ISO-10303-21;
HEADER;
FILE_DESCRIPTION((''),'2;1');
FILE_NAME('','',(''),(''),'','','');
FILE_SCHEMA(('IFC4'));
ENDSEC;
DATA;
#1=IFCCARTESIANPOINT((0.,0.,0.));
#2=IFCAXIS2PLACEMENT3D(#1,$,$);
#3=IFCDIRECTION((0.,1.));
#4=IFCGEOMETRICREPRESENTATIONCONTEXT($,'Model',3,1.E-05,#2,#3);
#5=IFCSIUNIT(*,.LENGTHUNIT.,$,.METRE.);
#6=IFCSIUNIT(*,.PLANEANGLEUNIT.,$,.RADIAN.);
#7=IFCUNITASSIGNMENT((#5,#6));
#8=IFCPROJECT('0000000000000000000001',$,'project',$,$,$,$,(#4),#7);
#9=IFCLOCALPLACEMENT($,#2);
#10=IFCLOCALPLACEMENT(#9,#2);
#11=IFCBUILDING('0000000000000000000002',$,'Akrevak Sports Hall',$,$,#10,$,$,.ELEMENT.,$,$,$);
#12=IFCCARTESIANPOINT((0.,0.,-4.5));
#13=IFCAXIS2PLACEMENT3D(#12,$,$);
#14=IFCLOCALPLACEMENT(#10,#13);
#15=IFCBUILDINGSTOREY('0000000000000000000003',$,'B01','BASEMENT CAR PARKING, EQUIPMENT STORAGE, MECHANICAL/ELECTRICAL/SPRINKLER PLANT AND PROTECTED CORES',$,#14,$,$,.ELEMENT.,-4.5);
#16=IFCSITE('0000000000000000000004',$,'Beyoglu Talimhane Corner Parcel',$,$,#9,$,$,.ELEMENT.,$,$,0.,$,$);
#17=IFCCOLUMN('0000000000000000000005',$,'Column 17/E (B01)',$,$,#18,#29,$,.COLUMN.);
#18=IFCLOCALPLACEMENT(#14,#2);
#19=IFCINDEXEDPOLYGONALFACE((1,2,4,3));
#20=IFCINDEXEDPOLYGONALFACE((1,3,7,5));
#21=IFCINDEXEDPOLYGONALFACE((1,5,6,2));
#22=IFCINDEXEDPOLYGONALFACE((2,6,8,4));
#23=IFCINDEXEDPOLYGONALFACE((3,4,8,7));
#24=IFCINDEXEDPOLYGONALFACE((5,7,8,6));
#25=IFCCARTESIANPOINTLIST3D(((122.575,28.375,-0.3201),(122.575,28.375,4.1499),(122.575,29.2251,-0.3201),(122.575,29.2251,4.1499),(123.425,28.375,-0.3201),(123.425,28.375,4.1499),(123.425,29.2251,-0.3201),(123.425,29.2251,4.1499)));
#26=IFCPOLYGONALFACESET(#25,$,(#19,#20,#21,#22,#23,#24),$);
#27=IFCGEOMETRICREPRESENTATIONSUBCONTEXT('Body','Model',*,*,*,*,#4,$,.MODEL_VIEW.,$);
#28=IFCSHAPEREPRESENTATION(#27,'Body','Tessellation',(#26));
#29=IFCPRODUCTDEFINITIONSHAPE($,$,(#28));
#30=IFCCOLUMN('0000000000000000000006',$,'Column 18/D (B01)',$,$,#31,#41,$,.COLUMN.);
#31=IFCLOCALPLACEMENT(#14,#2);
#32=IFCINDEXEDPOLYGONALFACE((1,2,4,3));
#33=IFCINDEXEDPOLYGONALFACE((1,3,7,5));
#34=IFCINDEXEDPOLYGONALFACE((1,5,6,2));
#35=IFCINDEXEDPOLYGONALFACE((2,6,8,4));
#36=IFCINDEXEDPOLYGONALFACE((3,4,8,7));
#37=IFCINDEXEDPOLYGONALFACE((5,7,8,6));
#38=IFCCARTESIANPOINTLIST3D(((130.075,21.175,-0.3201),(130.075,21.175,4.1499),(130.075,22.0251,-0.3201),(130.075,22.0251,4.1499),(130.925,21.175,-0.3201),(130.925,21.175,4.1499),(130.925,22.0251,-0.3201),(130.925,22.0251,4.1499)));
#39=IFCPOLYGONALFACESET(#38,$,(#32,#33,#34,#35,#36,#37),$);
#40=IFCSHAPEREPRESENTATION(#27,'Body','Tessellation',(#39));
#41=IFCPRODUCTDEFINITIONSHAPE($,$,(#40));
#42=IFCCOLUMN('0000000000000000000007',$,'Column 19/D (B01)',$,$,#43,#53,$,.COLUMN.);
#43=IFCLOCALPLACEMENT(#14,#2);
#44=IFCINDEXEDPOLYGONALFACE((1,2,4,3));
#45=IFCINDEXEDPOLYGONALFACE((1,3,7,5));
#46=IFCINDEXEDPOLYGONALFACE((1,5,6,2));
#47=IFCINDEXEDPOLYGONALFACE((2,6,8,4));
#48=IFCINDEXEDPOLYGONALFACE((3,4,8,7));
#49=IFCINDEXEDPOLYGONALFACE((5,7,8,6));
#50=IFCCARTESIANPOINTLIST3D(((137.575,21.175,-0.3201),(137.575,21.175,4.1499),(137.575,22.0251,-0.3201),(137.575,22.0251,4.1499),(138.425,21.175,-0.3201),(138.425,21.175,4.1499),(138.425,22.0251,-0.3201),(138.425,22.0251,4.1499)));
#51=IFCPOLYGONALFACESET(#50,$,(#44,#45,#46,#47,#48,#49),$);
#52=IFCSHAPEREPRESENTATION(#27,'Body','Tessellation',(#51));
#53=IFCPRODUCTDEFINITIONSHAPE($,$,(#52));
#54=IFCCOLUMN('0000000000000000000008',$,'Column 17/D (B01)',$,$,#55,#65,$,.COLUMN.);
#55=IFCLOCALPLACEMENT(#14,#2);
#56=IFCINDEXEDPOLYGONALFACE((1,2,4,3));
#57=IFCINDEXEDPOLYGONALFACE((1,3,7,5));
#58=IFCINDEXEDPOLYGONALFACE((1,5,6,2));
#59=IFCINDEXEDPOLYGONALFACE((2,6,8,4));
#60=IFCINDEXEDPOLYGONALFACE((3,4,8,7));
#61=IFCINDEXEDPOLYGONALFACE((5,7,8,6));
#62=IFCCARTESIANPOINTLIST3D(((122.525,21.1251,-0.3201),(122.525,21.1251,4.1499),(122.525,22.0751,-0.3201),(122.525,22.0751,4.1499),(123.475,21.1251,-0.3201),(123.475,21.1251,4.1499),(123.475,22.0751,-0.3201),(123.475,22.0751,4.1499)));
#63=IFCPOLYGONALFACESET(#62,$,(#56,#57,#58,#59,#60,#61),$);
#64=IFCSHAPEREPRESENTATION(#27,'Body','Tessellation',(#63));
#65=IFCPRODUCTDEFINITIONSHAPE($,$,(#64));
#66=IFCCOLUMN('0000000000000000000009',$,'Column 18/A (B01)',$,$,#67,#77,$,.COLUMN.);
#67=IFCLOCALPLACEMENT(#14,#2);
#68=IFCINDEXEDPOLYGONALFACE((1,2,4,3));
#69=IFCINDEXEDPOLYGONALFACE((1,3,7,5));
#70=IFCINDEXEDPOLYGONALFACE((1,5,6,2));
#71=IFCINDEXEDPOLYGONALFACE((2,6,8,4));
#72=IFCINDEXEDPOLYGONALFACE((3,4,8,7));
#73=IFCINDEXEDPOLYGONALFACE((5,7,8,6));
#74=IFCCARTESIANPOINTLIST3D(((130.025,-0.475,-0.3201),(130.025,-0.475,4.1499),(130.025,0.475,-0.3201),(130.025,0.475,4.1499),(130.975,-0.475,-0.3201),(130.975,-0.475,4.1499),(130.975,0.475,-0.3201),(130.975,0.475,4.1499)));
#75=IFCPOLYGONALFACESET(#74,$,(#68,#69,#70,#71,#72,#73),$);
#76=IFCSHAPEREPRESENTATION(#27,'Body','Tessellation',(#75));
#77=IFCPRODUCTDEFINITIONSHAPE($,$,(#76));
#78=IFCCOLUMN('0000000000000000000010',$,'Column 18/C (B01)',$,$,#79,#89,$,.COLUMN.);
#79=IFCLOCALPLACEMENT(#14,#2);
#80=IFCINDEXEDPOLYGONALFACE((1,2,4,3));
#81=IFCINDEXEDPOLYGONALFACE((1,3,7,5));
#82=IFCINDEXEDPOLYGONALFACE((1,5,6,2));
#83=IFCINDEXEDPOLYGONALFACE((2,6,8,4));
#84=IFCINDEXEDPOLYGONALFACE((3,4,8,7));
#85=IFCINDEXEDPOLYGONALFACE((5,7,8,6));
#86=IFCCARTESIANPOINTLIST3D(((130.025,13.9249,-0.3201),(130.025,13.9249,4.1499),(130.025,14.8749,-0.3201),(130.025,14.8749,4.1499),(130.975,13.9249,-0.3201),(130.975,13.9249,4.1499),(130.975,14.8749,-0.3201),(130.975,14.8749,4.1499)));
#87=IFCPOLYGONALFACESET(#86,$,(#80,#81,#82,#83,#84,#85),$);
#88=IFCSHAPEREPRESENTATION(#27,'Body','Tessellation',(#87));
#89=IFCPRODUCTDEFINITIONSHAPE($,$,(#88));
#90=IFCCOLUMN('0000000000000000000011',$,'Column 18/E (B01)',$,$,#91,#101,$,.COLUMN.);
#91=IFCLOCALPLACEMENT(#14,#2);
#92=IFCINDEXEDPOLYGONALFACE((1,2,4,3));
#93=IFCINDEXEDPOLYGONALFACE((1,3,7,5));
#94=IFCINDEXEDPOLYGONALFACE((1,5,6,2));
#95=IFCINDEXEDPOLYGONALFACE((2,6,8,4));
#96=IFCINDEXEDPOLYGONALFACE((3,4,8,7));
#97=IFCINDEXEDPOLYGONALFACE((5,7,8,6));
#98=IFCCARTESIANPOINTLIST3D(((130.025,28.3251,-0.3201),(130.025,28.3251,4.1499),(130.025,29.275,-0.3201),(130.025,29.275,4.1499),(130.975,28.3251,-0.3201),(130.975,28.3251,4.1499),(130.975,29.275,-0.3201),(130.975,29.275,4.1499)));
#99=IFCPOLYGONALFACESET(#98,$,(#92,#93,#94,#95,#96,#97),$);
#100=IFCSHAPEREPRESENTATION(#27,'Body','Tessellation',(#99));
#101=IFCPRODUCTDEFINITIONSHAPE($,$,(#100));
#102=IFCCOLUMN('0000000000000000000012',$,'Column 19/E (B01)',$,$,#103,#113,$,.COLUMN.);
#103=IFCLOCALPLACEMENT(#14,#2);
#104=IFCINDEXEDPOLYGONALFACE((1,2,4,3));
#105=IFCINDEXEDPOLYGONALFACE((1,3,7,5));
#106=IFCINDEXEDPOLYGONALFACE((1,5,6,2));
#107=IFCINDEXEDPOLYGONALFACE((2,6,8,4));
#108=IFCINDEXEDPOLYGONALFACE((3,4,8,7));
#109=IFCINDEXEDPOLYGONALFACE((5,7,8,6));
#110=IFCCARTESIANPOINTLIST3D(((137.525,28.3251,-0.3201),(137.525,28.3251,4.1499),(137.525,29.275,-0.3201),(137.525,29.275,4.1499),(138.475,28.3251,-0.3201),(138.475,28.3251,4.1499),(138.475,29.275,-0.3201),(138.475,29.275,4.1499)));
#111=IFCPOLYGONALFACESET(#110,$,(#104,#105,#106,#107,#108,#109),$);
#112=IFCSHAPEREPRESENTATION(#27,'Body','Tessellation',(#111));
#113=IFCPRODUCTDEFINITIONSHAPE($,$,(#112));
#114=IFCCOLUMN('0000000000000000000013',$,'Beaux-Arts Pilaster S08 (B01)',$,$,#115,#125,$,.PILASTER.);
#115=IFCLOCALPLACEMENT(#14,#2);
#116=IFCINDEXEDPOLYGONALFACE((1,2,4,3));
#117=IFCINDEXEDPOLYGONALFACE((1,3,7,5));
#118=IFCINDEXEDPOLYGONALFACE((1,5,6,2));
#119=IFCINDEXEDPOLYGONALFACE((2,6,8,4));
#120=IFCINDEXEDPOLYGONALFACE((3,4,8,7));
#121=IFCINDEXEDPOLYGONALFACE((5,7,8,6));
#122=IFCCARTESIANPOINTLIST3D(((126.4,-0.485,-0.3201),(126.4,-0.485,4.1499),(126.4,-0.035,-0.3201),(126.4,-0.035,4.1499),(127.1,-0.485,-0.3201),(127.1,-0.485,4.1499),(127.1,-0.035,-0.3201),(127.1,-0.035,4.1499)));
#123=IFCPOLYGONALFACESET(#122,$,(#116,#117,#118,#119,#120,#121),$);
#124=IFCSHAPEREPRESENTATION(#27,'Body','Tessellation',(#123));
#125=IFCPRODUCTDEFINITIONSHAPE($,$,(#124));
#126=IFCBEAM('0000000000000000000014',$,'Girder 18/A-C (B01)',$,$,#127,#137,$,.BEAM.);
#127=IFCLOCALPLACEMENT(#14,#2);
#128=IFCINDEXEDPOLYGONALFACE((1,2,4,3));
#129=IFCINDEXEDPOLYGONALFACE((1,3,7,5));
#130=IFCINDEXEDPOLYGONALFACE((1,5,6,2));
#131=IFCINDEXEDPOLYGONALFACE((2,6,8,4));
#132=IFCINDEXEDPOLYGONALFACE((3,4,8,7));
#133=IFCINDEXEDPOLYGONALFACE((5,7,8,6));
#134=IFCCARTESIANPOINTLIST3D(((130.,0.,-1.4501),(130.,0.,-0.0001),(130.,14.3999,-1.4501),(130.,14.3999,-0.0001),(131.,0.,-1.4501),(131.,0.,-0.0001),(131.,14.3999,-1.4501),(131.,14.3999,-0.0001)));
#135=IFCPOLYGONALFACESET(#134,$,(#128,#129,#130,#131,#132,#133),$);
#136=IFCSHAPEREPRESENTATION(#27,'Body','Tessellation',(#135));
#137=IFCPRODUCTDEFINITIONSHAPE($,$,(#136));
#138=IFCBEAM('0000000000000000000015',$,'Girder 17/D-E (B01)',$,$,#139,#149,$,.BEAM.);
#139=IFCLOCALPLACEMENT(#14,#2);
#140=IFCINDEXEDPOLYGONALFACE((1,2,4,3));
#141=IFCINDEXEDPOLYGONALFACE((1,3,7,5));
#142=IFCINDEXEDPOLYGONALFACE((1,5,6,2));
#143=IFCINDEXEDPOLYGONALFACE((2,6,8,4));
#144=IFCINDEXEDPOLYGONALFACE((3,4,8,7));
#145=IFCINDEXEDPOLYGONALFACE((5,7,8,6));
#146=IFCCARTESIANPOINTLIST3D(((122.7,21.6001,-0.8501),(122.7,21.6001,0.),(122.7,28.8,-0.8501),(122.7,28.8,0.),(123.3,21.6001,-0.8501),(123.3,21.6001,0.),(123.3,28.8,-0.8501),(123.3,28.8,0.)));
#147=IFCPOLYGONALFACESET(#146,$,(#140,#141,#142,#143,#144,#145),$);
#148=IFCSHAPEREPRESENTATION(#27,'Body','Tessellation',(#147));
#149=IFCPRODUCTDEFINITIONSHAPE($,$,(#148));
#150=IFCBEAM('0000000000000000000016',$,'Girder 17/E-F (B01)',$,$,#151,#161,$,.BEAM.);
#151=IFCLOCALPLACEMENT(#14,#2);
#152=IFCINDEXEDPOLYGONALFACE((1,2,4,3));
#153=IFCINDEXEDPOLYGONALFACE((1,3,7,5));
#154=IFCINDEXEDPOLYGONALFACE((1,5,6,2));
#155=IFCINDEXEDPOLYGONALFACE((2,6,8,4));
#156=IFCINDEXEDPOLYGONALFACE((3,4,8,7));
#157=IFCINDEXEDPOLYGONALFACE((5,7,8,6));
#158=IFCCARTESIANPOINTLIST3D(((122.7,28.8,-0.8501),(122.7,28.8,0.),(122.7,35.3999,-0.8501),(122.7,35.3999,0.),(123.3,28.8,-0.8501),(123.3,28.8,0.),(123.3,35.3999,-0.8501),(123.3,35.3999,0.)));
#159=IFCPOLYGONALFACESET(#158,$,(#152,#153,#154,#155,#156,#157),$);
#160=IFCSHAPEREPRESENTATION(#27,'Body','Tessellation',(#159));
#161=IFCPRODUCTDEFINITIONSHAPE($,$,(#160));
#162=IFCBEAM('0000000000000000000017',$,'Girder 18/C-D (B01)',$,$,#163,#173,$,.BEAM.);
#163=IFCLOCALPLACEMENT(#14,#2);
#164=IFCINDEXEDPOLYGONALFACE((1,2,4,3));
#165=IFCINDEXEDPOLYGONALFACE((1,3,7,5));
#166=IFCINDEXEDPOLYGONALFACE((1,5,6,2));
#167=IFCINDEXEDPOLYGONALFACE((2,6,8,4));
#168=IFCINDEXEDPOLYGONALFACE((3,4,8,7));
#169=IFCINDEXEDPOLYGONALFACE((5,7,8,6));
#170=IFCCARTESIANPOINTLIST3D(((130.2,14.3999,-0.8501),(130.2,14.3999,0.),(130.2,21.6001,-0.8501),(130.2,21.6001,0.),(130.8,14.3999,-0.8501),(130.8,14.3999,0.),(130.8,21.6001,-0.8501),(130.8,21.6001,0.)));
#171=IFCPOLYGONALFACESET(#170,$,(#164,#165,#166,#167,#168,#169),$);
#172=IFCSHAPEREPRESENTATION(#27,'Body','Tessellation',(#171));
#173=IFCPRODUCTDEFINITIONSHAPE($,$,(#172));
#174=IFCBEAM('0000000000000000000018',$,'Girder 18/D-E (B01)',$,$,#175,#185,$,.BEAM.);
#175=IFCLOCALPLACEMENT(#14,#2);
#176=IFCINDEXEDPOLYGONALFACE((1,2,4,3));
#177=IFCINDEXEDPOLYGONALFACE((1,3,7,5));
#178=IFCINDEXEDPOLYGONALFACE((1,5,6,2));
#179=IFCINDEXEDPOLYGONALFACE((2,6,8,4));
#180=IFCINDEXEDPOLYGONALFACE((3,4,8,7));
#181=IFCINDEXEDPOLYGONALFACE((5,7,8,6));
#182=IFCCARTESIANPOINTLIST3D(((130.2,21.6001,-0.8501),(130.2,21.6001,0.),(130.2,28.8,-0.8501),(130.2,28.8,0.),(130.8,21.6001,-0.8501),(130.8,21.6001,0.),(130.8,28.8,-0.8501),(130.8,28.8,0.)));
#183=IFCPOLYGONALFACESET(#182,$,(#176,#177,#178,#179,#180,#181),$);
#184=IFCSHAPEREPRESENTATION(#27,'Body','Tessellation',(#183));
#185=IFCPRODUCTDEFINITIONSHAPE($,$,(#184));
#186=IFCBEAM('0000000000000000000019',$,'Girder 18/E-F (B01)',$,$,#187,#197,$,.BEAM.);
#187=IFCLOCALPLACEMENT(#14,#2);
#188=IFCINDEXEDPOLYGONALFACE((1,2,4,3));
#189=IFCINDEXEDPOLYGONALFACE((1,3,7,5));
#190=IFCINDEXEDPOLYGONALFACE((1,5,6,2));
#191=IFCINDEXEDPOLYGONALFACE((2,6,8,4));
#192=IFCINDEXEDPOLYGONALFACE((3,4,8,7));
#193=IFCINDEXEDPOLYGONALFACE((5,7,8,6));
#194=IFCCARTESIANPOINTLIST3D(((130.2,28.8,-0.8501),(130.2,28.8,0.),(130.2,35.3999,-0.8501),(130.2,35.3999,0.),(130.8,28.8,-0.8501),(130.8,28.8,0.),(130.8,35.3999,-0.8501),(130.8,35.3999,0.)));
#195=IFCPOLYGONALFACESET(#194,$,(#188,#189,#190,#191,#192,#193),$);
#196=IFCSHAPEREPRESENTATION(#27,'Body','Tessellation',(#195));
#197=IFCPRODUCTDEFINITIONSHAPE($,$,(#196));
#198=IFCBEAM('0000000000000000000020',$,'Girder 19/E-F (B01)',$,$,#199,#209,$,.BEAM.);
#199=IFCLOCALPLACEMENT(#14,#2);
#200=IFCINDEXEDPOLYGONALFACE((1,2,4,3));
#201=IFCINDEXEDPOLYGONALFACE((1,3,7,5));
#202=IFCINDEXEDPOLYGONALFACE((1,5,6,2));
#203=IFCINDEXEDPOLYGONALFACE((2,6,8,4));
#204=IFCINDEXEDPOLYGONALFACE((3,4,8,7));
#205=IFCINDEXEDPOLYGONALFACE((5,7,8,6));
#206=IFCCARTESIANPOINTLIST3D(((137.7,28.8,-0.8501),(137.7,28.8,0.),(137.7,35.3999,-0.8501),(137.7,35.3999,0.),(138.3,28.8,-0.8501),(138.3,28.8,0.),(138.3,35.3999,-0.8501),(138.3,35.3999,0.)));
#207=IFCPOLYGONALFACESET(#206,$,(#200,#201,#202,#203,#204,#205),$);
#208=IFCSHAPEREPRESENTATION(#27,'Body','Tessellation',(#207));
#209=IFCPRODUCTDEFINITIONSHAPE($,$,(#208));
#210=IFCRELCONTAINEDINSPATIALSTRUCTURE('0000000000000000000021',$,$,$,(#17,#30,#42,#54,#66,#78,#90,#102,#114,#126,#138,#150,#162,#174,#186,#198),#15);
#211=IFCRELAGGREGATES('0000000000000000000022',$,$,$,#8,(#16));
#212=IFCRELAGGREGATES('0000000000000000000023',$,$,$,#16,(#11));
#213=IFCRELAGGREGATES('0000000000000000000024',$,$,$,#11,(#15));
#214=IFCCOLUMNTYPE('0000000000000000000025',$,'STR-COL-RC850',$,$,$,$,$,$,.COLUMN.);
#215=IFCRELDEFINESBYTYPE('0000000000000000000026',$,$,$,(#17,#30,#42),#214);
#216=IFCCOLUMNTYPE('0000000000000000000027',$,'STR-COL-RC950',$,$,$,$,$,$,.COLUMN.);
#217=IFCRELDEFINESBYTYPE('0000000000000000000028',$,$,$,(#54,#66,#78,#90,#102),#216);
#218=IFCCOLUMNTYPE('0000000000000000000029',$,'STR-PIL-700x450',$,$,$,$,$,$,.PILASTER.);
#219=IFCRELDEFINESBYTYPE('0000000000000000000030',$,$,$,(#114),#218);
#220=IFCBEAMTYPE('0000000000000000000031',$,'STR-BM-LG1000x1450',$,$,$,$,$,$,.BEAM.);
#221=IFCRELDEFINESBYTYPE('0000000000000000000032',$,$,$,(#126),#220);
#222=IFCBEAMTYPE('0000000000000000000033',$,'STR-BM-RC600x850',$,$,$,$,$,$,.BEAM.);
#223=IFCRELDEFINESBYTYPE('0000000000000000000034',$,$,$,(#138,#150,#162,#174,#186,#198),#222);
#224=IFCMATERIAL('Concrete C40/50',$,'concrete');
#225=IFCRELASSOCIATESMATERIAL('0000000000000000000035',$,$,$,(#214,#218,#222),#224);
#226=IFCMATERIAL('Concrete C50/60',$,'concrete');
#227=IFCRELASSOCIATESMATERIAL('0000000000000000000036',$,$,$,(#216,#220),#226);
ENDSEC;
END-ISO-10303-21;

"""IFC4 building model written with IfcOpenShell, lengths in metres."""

from ifc_helpers import new_model, si_unit, direction, frame, origin, origin_2d, place, context, subcontext, project, spatial, rectangle, extrude, material, material_profile, profile_set, type_object, element, save


model = new_model("IFC4")

# Units and contexts
model_context = context("Model", 3, precision=1e-05, world=origin(), true_north=direction((0.0, 1.0)))
body_context = subcontext(model_context, "Body", "Model", "MODEL_VIEW")
ifc_project = project(units=[si_unit("LENGTHUNIT", "METRE"), si_unit("PLANEANGLEUNIT", "RADIAN")], contexts=[model_context])

# Site, building, storey
site_placement = place(None, origin())
site = spatial("IfcSite", under=ifc_project, at=site_placement, Name="Beyoglu Talimhane Corner Parcel", CompositionType="ELEMENT", RefElevation=0.0)
building_placement = place(site_placement, origin())
building = spatial("IfcBuilding", under=site, at=building_placement, Name="Akrevak Sports Hall", CompositionType="ELEMENT")
storey_placement = place(building_placement, frame((0.0, 0.0, -4.5)))
storey = spatial("IfcBuildingStorey", under=building, at=storey_placement, Name="B01", Description="BASEMENT CAR PARKING, EQUIPMENT STORAGE, MECHANICAL/ELECTRICAL/SPRINKLER PLANT AND PROTECTED CORES", CompositionType="ELEMENT", Elevation=-4.5)

# Columns
ifc_material_1 = material(Name="Concrete C40/50", Category="concrete")
ifc_material_profile_1 = material_profile(ifc_material_1, rectangle(XDim=0.8501, YDim=0.8501, at=origin_2d()), Name="RC 850x850", Category="concrete")
ifc_profile_set_1 = profile_set([ifc_material_profile_1], Name="Concrete C40/50")
column_type_1 = type_object("IfcColumnType", Name="STR-COL-RC850", PredefinedType="COLUMN", material=ifc_profile_set_1)
for number, where, z_axis, x_axis, name in (
    (1, (123.0, 28.8, -0.3201), (0.0, 0.0, 1.0), (1.0, 0.0, 0.0), "Column 17/E (B01)"),
    (2, (130.5, 21.6001, -0.3201), (0.0, 0.0, 1.0), (1.0, 0.0, 0.0), "Column 18/D (B01)"),
    (3, (138.0, 21.6001, -0.3201), (0.0, 0.0, 1.0), (1.0, 0.0, 0.0), "Column 19/D (B01)"),
):
    element("IfcColumn", number, at=place(storey_placement, frame(where, z_axis=z_axis, x_axis=x_axis)), inside=storey, type_object=column_type_1, Name=name, PredefinedType="COLUMN", context=body_context, shape_type="SweptSolid", body=[
        extrude(rectangle(XDim=0.8501, YDim=0.8501, at=origin_2d()), origin(), (0.0, 0.0, 1.0), 4.47),
    ])
ifc_material_2 = material(Name="Concrete C50/60", Category="concrete")
ifc_material_profile_2 = material_profile(ifc_material_2, rectangle(XDim=0.95, YDim=0.95, at=origin_2d()), Name="RC 950x950", Category="concrete")
ifc_profile_set_2 = profile_set([ifc_material_profile_2], Name="Concrete C50/60")
column_type_2 = type_object("IfcColumnType", Name="STR-COL-RC950", PredefinedType="COLUMN", material=ifc_profile_set_2)
for number, where, z_axis, x_axis, name in (
    (4, (123.0, 21.6001, -0.3201), (0.0, 0.0, 1.0), (1.0, 0.0, 0.0), "Column 17/D (B01)"),
    (5, (130.5, 0.0, -0.3201), (0.0, 0.0, 1.0), (1.0, 0.0, 0.0), "Column 18/A (B01)"),
    (6, (130.5, 14.3999, -0.3201), (0.0, 0.0, 1.0), (1.0, 0.0, 0.0), "Column 18/C (B01)"),
    (7, (130.5, 28.8, -0.3201), (0.0, 0.0, 1.0), (1.0, 0.0, 0.0), "Column 18/E (B01)"),
    (8, (138.0, 28.8, -0.3201), (0.0, 0.0, 1.0), (1.0, 0.0, 0.0), "Column 19/E (B01)"),
):
    element("IfcColumn", number, at=place(storey_placement, frame(where, z_axis=z_axis, x_axis=x_axis)), inside=storey, type_object=column_type_2, Name=name, PredefinedType="COLUMN", context=body_context, shape_type="SweptSolid", body=[
        extrude(rectangle(XDim=0.95, YDim=0.95, at=origin_2d()), origin(), (0.0, 0.0, 1.0), 4.47),
    ])
ifc_material_profile_3 = material_profile(ifc_material_1, rectangle(XDim=0.7, YDim=0.45, at=origin_2d()), Name="PIL 700x450", Category="concrete")
ifc_profile_set_3 = profile_set([ifc_material_profile_3], Name="Concrete C40/50")
column_type_3 = type_object("IfcColumnType", Name="STR-PIL-700x450", PredefinedType="PILASTER", material=ifc_profile_set_3)
column_placement = place(storey_placement, frame((126.75, -0.26, -0.3201), z_axis=(0.0, 0.0, 1.0), x_axis=(1.0, 0.0, 0.0)))
element("IfcColumn", 9, at=column_placement, inside=storey, type_object=column_type_3, Name="Beaux-Arts Pilaster S08 (B01)", PredefinedType="PILASTER", context=body_context, shape_type="SweptSolid", body=[
    extrude(rectangle(XDim=0.7, YDim=0.45, at=origin_2d()), origin(), (0.0, 0.0, 1.0), 4.47),
])

# Beams
ifc_material_profile_4 = material_profile(ifc_material_2, rectangle(XDim=1.0, YDim=1.45, at=origin_2d()), Name="BM 1000x1450", Category="concrete")
ifc_profile_set_4 = profile_set([ifc_material_profile_4], Name="Concrete C50/60")
beam_type_1 = type_object("IfcBeamType", Name="STR-BM-LG1000x1450", PredefinedType="BEAM", material=ifc_profile_set_4)
beam_1_placement = place(storey_placement, frame((130.5, 0.0, -0.7251), z_axis=(0.0, 1.0, 0.0), x_axis=(-1.0, 0.0, 0.0)))
element("IfcBeam", 10, at=beam_1_placement, inside=storey, type_object=beam_type_1, Name="Girder 18/A-C (B01)", PredefinedType="BEAM", context=body_context, shape_type="SweptSolid", body=[
    extrude(rectangle(XDim=1.0, YDim=1.45, at=origin_2d()), origin(), (0.0, 0.0, 1.0), 14.3999),
])
ifc_material_profile_5 = material_profile(ifc_material_1, rectangle(XDim=0.6001, YDim=0.8501, at=origin_2d()), Name="BM 600x850", Category="concrete")
ifc_profile_set_5 = profile_set([ifc_material_profile_5], Name="Concrete C40/50")
beam_type_2 = type_object("IfcBeamType", Name="STR-BM-RC600x850", PredefinedType="BEAM", material=ifc_profile_set_5)
beam_2_placement = place(storey_placement, frame((123.0, 21.6001, -0.425), z_axis=(0.0, 1.0, 0.0), x_axis=(-1.0, 0.0, 0.0)))
element("IfcBeam", 11, at=beam_2_placement, inside=storey, type_object=beam_type_2, Name="Girder 17/D-E (B01)", PredefinedType="BEAM", context=body_context, shape_type="SweptSolid", body=[
    extrude(rectangle(XDim=0.6001, YDim=0.8501, at=origin_2d()), origin(), (0.0, 0.0, 1.0), 7.2),
])
beam_3_placement = place(storey_placement, frame((123.0, 28.8, -0.425), z_axis=(0.0, 1.0, 0.0), x_axis=(-1.0, 0.0, 0.0)))
element("IfcBeam", 12, at=beam_3_placement, inside=storey, type_object=beam_type_2, Name="Girder 17/E-F (B01)", PredefinedType="BEAM", context=body_context, shape_type="SweptSolid", body=[
    extrude(rectangle(XDim=0.6001, YDim=0.8501, at=origin_2d()), origin(), (0.0, 0.0, 1.0), 6.5999),
])
beam_4_placement = place(storey_placement, frame((130.5, 14.3999, -0.425), z_axis=(0.0, 1.0, 0.0), x_axis=(-1.0, 0.0, 0.0)))
element("IfcBeam", 13, at=beam_4_placement, inside=storey, type_object=beam_type_2, Name="Girder 18/C-D (B01)", PredefinedType="BEAM", context=body_context, shape_type="SweptSolid", body=[
    extrude(rectangle(XDim=0.6001, YDim=0.8501, at=origin_2d()), origin(), (0.0, 0.0, 1.0), 7.2002),
])
beam_5_placement = place(storey_placement, frame((130.5, 21.6001, -0.425), z_axis=(0.0, 1.0, 0.0), x_axis=(-1.0, 0.0, 0.0)))
element("IfcBeam", 14, at=beam_5_placement, inside=storey, type_object=beam_type_2, Name="Girder 18/D-E (B01)", PredefinedType="BEAM", context=body_context, shape_type="SweptSolid", body=[
    extrude(rectangle(XDim=0.6001, YDim=0.8501, at=origin_2d()), origin(), (0.0, 0.0, 1.0), 7.2),
])
for number, where, z_axis, x_axis, name in (
    (15, (130.5, 28.8, -0.425), (0.0, 1.0, 0.0), (-1.0, 0.0, 0.0), "Girder 18/E-F (B01)"),
    (16, (138.0, 28.8, -0.425), (0.0, 1.0, 0.0), (-1.0, 0.0, 0.0), "Girder 19/E-F (B01)"),
):
    element("IfcBeam", number, at=place(storey_placement, frame(where, z_axis=z_axis, x_axis=x_axis)), inside=storey, type_object=beam_type_2, Name=name, PredefinedType="BEAM", context=body_context, shape_type="SweptSolid", body=[
        extrude(rectangle(XDim=0.6001, YDim=0.8501, at=origin_2d()), origin(), (0.0, 0.0, 1.0), 6.5999),
    ])

save(model, "model.ifc")
